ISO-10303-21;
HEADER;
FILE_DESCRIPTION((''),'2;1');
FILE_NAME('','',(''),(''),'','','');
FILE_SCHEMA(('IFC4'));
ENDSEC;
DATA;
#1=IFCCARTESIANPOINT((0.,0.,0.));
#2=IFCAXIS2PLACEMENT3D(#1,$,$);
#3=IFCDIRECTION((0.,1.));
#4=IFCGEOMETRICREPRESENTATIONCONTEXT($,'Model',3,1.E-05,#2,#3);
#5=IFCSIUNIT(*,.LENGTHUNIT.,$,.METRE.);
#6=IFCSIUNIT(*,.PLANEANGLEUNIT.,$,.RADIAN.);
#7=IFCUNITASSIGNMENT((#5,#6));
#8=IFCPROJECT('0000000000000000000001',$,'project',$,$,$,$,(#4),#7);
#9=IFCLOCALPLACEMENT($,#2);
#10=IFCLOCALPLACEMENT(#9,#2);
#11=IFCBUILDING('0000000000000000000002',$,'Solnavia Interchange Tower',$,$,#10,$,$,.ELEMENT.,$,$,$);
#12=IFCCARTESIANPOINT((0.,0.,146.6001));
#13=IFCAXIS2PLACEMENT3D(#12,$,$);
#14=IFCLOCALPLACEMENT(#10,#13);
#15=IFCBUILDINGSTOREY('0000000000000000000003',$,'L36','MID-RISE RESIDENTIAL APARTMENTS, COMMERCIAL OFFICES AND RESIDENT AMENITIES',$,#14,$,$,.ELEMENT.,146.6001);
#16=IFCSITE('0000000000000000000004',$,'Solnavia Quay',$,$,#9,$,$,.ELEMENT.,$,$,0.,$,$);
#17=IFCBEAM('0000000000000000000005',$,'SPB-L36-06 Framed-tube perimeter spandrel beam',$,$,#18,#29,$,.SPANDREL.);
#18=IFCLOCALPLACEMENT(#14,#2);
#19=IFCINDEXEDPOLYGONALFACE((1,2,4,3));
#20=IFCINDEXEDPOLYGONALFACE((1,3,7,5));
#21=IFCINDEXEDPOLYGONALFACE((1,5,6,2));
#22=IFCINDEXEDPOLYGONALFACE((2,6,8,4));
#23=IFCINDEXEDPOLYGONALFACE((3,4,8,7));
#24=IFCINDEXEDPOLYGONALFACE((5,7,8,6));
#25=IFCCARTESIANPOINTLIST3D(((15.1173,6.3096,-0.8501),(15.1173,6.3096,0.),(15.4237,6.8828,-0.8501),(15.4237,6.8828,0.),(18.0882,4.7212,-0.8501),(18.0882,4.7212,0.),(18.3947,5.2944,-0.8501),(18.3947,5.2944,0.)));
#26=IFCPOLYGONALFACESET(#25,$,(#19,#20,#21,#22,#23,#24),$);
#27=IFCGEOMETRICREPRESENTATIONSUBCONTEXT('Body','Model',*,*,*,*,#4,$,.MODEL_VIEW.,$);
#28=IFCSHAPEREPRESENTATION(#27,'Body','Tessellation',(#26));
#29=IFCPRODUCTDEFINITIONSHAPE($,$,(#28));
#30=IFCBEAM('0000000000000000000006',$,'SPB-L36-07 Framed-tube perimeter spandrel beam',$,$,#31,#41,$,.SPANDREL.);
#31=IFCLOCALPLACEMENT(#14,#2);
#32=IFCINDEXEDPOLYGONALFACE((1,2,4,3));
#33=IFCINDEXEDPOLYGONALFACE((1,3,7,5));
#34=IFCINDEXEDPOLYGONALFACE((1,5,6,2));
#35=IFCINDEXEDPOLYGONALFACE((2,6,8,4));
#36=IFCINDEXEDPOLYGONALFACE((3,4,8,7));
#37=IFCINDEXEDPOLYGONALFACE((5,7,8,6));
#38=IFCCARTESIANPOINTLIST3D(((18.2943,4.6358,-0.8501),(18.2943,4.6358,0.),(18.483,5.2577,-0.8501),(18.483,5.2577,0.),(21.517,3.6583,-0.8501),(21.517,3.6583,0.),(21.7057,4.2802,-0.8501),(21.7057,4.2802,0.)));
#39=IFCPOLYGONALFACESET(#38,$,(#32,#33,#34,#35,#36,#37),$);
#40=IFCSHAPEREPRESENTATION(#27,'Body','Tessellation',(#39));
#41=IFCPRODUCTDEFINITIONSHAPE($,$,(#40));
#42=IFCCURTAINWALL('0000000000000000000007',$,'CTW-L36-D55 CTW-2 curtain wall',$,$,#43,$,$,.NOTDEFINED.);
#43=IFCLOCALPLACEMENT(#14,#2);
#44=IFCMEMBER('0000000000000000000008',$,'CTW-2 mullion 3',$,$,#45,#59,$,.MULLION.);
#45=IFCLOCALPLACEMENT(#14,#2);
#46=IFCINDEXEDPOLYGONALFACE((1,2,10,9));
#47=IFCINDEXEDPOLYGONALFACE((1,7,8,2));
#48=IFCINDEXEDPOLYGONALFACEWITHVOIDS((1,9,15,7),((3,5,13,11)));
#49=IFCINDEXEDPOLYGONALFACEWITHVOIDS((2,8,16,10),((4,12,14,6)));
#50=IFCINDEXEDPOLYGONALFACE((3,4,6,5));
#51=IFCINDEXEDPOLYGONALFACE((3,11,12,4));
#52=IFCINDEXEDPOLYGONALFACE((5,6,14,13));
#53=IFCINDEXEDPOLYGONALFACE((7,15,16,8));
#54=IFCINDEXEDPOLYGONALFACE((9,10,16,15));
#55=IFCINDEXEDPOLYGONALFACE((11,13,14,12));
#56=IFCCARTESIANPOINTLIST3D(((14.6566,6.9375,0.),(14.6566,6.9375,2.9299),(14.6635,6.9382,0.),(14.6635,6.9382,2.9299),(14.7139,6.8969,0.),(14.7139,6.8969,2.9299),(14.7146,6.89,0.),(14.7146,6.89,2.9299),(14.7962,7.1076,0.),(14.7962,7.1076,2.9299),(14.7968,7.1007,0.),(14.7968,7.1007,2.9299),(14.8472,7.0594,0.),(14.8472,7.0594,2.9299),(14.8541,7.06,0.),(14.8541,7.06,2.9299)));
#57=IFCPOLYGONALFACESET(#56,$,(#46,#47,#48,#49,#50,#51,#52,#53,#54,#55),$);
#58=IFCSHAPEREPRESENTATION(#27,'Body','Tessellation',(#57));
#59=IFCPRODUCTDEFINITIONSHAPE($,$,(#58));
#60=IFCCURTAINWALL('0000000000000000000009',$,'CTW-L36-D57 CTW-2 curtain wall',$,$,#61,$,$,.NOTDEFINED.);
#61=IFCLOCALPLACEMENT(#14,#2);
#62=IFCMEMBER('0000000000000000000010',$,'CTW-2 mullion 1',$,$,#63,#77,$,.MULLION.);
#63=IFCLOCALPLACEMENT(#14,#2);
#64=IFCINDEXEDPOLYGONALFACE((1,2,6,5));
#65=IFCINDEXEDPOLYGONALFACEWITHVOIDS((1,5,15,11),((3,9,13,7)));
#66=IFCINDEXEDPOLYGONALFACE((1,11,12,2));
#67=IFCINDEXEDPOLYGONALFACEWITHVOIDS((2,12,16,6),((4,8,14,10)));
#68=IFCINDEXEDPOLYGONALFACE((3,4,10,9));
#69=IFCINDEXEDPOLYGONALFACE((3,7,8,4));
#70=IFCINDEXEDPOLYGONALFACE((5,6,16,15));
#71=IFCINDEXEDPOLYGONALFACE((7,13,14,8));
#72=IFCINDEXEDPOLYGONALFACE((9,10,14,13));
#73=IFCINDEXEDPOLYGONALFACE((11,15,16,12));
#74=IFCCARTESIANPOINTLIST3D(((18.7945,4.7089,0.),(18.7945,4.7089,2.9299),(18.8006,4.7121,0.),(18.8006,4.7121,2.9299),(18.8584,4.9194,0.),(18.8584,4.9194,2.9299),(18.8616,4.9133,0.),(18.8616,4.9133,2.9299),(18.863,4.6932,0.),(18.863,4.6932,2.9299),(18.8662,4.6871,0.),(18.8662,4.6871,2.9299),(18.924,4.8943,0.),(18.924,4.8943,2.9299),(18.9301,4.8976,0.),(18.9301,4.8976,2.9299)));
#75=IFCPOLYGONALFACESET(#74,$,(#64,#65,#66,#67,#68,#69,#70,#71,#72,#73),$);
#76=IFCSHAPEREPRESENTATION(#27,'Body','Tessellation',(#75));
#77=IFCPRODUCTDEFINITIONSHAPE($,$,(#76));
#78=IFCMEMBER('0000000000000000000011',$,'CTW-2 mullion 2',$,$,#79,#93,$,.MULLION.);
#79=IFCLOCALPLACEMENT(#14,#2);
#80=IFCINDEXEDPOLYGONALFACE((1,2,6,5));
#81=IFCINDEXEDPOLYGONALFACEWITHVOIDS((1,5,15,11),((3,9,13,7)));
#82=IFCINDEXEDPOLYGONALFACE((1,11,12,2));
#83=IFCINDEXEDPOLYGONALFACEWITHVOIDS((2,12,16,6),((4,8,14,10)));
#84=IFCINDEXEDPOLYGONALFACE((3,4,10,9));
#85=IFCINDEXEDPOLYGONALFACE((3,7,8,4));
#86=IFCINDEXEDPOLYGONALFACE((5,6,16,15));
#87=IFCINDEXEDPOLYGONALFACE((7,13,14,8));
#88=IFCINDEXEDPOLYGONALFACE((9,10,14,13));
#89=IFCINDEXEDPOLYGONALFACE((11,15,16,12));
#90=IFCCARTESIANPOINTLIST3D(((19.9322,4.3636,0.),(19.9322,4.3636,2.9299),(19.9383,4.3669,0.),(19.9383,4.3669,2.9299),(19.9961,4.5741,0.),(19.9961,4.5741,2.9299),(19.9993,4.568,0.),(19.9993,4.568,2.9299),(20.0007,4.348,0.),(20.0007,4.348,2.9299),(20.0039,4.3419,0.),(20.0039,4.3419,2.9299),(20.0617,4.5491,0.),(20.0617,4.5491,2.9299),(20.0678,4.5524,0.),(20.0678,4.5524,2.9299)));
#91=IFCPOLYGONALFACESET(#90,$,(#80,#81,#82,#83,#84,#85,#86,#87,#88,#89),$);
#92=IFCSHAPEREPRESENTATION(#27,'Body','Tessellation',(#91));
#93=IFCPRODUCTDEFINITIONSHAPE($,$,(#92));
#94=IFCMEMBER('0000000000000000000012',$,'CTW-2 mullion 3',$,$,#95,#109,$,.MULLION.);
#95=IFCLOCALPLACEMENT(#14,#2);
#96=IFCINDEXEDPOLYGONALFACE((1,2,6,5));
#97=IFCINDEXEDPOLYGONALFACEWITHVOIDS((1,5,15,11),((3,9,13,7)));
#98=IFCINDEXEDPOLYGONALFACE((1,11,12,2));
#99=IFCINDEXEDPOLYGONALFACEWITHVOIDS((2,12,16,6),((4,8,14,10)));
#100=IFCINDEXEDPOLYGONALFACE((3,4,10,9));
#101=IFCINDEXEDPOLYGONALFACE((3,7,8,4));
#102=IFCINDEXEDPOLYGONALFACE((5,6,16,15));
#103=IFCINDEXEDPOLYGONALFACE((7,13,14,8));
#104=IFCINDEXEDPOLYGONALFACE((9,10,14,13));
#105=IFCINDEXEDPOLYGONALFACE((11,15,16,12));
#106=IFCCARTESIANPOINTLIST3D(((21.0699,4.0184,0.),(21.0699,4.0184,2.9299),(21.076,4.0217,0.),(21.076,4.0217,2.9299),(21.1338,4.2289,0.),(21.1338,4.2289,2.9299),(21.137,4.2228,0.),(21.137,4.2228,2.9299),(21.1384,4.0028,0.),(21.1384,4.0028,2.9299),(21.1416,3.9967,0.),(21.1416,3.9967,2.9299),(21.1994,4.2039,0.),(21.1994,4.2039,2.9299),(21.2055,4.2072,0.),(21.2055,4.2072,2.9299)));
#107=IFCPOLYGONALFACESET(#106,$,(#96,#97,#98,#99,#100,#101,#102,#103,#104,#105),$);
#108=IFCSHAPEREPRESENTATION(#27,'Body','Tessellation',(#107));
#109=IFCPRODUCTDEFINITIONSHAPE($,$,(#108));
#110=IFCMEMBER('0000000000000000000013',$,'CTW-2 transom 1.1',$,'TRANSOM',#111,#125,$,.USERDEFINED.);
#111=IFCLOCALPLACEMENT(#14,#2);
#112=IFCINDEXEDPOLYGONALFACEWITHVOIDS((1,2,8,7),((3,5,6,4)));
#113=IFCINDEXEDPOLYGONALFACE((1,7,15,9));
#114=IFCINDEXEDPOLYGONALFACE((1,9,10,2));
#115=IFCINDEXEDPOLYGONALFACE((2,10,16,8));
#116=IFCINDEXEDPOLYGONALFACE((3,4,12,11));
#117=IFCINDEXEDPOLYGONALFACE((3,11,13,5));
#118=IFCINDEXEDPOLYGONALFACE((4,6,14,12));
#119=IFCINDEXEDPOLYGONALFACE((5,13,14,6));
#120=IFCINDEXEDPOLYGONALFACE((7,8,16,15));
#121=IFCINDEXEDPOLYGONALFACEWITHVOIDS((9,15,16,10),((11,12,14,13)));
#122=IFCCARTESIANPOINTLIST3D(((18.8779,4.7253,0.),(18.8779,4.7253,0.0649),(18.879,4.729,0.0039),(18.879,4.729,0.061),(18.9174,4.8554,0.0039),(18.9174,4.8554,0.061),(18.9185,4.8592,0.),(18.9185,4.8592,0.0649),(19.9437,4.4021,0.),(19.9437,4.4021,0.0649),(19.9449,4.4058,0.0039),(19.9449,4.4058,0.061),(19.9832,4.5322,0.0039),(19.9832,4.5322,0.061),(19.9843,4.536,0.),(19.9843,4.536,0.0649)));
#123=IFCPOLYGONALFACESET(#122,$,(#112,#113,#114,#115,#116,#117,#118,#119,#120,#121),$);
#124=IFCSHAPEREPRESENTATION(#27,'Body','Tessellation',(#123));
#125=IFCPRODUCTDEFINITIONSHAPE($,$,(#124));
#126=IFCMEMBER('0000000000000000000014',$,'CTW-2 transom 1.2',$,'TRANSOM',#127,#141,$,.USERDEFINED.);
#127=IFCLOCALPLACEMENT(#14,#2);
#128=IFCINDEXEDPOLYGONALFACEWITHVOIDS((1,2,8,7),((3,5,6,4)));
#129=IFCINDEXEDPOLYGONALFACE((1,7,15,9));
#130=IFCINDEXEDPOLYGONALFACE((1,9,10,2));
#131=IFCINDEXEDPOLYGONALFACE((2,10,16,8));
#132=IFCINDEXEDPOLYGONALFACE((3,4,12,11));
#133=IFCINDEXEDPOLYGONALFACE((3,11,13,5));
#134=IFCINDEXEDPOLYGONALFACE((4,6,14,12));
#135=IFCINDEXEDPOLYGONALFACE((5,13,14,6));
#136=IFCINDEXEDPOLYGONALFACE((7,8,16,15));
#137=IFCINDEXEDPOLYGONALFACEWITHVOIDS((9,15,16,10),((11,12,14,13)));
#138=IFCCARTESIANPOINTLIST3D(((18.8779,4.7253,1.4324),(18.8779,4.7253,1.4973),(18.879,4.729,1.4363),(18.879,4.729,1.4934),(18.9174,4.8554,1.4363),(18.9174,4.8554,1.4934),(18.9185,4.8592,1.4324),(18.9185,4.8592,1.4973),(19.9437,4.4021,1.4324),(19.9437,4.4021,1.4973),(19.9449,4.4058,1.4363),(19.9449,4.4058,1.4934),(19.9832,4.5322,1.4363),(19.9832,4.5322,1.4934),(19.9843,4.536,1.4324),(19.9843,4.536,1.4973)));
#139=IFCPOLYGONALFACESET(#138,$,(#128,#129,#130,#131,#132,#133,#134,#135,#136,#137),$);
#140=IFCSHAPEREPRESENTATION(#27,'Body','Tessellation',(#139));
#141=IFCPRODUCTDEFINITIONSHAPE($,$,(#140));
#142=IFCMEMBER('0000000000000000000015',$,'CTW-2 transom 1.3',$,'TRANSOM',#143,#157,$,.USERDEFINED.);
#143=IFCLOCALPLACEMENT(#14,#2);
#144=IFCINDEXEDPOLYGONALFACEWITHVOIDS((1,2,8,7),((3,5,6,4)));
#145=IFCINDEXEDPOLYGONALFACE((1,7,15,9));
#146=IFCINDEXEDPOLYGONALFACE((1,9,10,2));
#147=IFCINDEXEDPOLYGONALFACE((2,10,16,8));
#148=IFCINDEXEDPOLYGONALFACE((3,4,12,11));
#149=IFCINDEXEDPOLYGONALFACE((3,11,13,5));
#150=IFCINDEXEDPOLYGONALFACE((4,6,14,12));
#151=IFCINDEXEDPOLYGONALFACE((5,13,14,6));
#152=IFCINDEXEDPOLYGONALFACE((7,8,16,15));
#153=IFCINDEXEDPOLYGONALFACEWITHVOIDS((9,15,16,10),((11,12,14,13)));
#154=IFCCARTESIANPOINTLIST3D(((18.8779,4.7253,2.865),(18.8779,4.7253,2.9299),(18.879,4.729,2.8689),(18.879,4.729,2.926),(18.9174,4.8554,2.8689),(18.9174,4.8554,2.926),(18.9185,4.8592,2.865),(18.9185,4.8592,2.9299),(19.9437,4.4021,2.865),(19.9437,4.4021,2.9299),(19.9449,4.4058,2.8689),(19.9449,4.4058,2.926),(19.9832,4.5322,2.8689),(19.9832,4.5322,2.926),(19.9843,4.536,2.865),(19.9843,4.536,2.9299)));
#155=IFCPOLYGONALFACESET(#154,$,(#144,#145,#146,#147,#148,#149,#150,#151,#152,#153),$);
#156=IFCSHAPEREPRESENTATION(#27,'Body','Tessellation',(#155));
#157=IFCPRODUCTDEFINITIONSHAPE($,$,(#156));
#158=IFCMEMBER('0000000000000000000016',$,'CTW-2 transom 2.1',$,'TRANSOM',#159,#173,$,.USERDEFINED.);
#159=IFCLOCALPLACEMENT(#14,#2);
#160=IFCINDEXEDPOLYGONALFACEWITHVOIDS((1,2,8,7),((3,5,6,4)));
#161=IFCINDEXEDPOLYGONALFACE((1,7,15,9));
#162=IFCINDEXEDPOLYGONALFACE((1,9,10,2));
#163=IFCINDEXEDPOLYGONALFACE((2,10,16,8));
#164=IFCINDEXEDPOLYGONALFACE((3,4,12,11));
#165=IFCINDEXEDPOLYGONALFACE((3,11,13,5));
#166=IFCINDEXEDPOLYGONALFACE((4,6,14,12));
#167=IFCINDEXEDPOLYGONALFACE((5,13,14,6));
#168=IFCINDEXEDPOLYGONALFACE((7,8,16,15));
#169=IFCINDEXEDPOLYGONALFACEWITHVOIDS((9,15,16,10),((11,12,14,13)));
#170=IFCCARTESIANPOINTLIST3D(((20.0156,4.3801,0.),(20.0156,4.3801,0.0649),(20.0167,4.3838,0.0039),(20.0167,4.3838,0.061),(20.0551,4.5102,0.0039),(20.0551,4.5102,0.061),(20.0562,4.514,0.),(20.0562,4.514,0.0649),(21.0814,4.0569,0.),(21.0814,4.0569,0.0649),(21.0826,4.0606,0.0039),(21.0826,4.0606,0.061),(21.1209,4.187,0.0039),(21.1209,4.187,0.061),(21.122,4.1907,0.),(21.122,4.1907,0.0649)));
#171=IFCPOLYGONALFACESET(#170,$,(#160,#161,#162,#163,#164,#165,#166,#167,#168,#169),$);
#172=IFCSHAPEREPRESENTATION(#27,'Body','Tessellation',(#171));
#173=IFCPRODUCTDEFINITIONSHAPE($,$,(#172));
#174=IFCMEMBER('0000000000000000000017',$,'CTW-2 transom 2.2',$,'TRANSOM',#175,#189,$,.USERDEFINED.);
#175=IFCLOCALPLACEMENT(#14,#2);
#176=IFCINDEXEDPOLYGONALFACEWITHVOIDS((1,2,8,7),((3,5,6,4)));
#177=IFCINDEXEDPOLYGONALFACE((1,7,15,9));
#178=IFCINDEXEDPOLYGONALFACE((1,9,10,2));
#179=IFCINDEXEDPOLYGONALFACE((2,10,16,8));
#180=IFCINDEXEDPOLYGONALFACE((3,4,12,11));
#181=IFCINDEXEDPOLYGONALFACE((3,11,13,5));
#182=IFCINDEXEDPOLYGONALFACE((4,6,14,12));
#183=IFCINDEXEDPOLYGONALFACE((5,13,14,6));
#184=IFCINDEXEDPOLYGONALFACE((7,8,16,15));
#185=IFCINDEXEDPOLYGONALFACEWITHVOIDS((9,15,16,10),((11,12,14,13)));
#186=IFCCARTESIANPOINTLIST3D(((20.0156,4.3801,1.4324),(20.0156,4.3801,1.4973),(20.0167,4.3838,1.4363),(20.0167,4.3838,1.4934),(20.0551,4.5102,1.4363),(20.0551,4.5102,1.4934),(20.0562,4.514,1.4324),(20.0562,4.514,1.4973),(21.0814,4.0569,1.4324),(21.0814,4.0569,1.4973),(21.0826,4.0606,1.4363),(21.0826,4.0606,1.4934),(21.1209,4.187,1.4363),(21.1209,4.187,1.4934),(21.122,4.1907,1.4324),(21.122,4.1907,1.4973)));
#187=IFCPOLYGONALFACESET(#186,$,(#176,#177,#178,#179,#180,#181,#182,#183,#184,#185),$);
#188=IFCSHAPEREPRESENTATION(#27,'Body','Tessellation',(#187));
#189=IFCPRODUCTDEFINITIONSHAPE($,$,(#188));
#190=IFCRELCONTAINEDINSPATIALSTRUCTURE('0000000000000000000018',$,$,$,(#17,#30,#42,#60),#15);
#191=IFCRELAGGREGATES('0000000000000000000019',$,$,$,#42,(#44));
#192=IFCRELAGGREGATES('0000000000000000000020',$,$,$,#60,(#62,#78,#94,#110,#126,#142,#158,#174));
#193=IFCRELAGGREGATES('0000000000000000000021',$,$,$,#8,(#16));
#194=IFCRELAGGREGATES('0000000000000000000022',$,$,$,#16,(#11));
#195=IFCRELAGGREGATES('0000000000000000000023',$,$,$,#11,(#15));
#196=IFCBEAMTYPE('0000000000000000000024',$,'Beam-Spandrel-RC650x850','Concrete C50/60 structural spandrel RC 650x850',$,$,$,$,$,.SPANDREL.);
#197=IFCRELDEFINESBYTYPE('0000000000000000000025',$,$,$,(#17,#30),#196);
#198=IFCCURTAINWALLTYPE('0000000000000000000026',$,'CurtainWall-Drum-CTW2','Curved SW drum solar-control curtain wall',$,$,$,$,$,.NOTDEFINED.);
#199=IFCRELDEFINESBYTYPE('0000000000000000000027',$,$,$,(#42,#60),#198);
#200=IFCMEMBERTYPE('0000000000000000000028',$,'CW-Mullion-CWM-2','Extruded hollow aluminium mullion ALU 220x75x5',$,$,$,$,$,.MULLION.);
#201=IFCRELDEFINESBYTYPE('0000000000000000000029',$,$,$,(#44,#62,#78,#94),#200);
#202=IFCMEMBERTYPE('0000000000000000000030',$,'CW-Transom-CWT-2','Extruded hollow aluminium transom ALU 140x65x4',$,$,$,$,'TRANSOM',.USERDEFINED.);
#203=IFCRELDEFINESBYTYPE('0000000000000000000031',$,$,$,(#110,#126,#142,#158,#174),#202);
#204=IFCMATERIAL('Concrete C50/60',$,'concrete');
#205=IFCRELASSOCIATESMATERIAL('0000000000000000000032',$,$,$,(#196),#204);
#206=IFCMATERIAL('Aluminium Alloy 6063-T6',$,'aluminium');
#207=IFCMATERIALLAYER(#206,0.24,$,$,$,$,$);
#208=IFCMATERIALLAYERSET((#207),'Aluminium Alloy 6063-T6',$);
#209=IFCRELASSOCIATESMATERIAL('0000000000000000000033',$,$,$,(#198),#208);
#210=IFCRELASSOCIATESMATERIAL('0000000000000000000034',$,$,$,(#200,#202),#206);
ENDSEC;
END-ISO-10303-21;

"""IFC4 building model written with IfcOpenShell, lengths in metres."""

from ifc_helpers import new_model, si_unit, direction, frame, origin, origin_2d, place, context, subcontext, project, spatial, rectangle, hollow_rectangle, extrude, material, layer, layer_set, material_profile, profile_set, type_object, element, aggregate, save


model = new_model("IFC4")

# Units and contexts
model_context = context("Model", 3, precision=1e-05, world=origin(), true_north=direction((0.0, 1.0)))
body_context = subcontext(model_context, "Body", "Model", "MODEL_VIEW")
ifc_project = project(units=[si_unit("LENGTHUNIT", "METRE"), si_unit("PLANEANGLEUNIT", "RADIAN")], contexts=[model_context])

# Site, building, storey
site_placement = place(None, origin())
site = spatial("IfcSite", under=ifc_project, at=site_placement, Name="Solnavia Quay", CompositionType="ELEMENT", RefElevation=0.0)
building_placement = place(site_placement, origin())
building = spatial("IfcBuilding", under=site, at=building_placement, Name="Solnavia Interchange Tower", CompositionType="ELEMENT")
storey_placement = place(building_placement, frame((0.0, 0.0, 146.6001)))
storey = spatial("IfcBuildingStorey", under=building, at=storey_placement, Name="L36", Description="MID-RISE RESIDENTIAL APARTMENTS, COMMERCIAL OFFICES AND RESIDENT AMENITIES", CompositionType="ELEMENT", Elevation=146.6001)

# Shared definitions
ifc_material_1 = material(Name="Concrete C50/60", Category="concrete")

# Beams
ifc_material_profile_1 = material_profile(ifc_material_1, rectangle(XDim=0.6499, YDim=0.8501, at=origin_2d()), Name="RC 650x850")
ifc_profile_set_1 = profile_set([ifc_material_profile_1], Name="Concrete C50/60")
beam_type_1 = type_object("IfcBeamType", Name="Beam-Spandrel-RC650x850", Description="Concrete C50/60 structural spandrel RC 650x850", PredefinedType="SPANDREL", material=ifc_profile_set_1)
beam_1_placement = place(storey_placement, frame((15.2705, 6.5962, -0.425), z_axis=(0.881875, -0.471483, 0.0), x_axis=(0.471483, 0.881875, 0.0)))
element("IfcBeam", 1, at=beam_1_placement, inside=storey, type_object=beam_type_1, Name="SPB-L36-06 Framed-tube perimeter spandrel beam", PredefinedType="SPANDREL", context=body_context, shape_type="SweptSolid", body=[
    extrude(rectangle(XDim=0.6499, YDim=0.8501, at=origin_2d()), origin(), (0.0, 0.0, 1.0), 3.3689),
])
beam_2_placement = place(storey_placement, frame((18.3887, 4.9468, -0.425), z_axis=(0.956944, -0.290273, 0.0), x_axis=(0.290273, 0.956944, 0.0)))
element("IfcBeam", 2, at=beam_2_placement, inside=storey, type_object=beam_type_1, Name="SPB-L36-07 Framed-tube perimeter spandrel beam", PredefinedType="SPANDREL", context=body_context, shape_type="SweptSolid", body=[
    extrude(rectangle(XDim=0.6499, YDim=0.8501, at=origin_2d()), origin(), (0.0, 0.0, 1.0), 3.3677),
])

# Curtain wall, member
ifc_material_2 = material(Name="Aluminium Alloy 6063-T6", Category="aluminium")
ifc_layer_1 = layer(ifc_material_2, 0.24)
ifc_layer_set_1 = layer_set([ifc_layer_1], Name="Aluminium Alloy 6063-T6")
curtain_wall_type = type_object("IfcCurtainWallType", Name="CurtainWall-Drum-CTW2", Description="Curved SW drum solar-control curtain wall", PredefinedType="NOTDEFINED", material=ifc_layer_set_1)
curtain_wall_1_placement = place(storey_placement, origin())
curtain_wall_1 = element("IfcCurtainWall", 3, at=curtain_wall_1_placement, inside=storey, type_object=curtain_wall_type, Name="CTW-L36-D55 CTW-2 curtain wall", PredefinedType="NOTDEFINED")
ifc_material_profile_2 = material_profile(ifc_material_2, hollow_rectangle(XDim=0.075, YDim=0.22, WallThickness=0.0049, at=origin_2d()), Name="ALU 220x75x5")
ifc_profile_set_2 = profile_set([ifc_material_profile_2], Name="Aluminium Alloy 6063-T6")
member_type_1 = type_object("IfcMemberType", Name="CW-Mullion-CWM-2", Description="Extruded hollow aluminium mullion ALU 220x75x5", PredefinedType="MULLION", material=ifc_profile_set_2)
member_1_placement = place(storey_placement, frame((14.7554, 6.9988, 0.0), z_axis=(0.0, 0.0, 1.0), x_axis=(0.773103, -0.63428, 0.0)))
member_1 = element("IfcMember", 4, at=member_1_placement, type_object=member_type_1, Name="CTW-2 mullion 3", PredefinedType="MULLION", context=body_context, shape_type="SweptSolid", body=[
    extrude(hollow_rectangle(XDim=0.075, YDim=0.22, WallThickness=0.0049, at=origin_2d()), origin(), (0.0, 0.0, 1.0), 2.9299),
])

# Curtain wall, members
curtain_wall_2_placement = place(storey_placement, origin())
curtain_wall_2 = element("IfcCurtainWall", 5, at=curtain_wall_2_placement, inside=storey, type_object=curtain_wall_type, Name="CTW-L36-D57 CTW-2 curtain wall", PredefinedType="NOTDEFINED")
member_2_placement = place(storey_placement, frame((18.8623, 4.8032, 0.0), z_axis=(0.0, 0.0, 1.0), x_axis=(0.956942, -0.290279, 0.0)))
member_2 = element("IfcMember", 6, at=member_2_placement, type_object=member_type_1, Name="CTW-2 mullion 1", PredefinedType="MULLION", context=body_context, shape_type="SweptSolid", body=[
    extrude(hollow_rectangle(XDim=0.075, YDim=0.22, WallThickness=0.0049, at=origin_2d()), origin(), (0.0, 0.0, 1.0), 2.9299),
])
member_3_placement = place(storey_placement, frame((20.0, 4.458, 0.0), z_axis=(0.0, 0.0, 1.0), x_axis=(0.956942, -0.290279, 0.0)))
member_3 = element("IfcMember", 7, at=member_3_placement, type_object=member_type_1, Name="CTW-2 mullion 2", PredefinedType="MULLION", context=body_context, shape_type="SweptSolid", body=[
    extrude(hollow_rectangle(XDim=0.075, YDim=0.22, WallThickness=0.0049, at=origin_2d()), origin(), (0.0, 0.0, 1.0), 2.9299),
])
member_4_placement = place(storey_placement, frame((21.1377, 4.1128, 0.0), z_axis=(0.0, 0.0, 1.0), x_axis=(0.956942, -0.290279, 0.0)))
member_4 = element("IfcMember", 8, at=member_4_placement, type_object=member_type_1, Name="CTW-2 mullion 3", PredefinedType="MULLION", context=body_context, shape_type="SweptSolid", body=[
    extrude(hollow_rectangle(XDim=0.075, YDim=0.22, WallThickness=0.0049, at=origin_2d()), origin(), (0.0, 0.0, 1.0), 2.9299),
])
ifc_material_profile_3 = material_profile(ifc_material_2, hollow_rectangle(XDim=0.0649, YDim=0.1399, WallThickness=0.0039, at=origin_2d()), Name="ALU 140x65x4")
ifc_profile_set_3 = profile_set([ifc_material_profile_3], Name="Aluminium Alloy 6063-T6")
member_type_2 = type_object("IfcMemberType", Name="CW-Transom-CWT-2", Description="Extruded hollow aluminium transom ALU 140x65x4", ElementType="TRANSOM", PredefinedType="USERDEFINED", material=ifc_profile_set_3)
member_5_placement = place(storey_placement, frame((18.8982, 4.7922, 0.0325), z_axis=(0.956965, -0.290202, 0.0), x_axis=(0.0, 0.0, 1.0)))
member_5 = element("IfcMember", 9, at=member_5_placement, type_object=member_type_2, Name="CTW-2 transom 1.1", ObjectType="TRANSOM", PredefinedType="USERDEFINED", context=body_context, shape_type="SweptSolid", body=[
    extrude(hollow_rectangle(XDim=0.0649, YDim=0.1399, WallThickness=0.0039, at=origin_2d()), origin(), (0.0, 0.0, 1.0), 1.1138),
])
member_6_placement = place(storey_placement, frame((18.8982, 4.7922, 1.4648), z_axis=(0.956965, -0.290202, 0.0), x_axis=(0.0, 0.0, 1.0)))
member_6 = element("IfcMember", 10, at=member_6_placement, type_object=member_type_2, Name="CTW-2 transom 1.2", ObjectType="TRANSOM", PredefinedType="USERDEFINED", context=body_context, shape_type="SweptSolid", body=[
    extrude(hollow_rectangle(XDim=0.0649, YDim=0.1399, WallThickness=0.0039, at=origin_2d()), origin(), (0.0, 0.0, 1.0), 1.1138),
])
member_7_placement = place(storey_placement, frame((18.8982, 4.7922, 2.8975), z_axis=(0.956965, -0.290202, 0.0), x_axis=(0.0, 0.0, 1.0)))
member_7 = element("IfcMember", 11, at=member_7_placement, type_object=member_type_2, Name="CTW-2 transom 1.3", ObjectType="TRANSOM", PredefinedType="USERDEFINED", context=body_context, shape_type="SweptSolid", body=[
    extrude(hollow_rectangle(XDim=0.0649, YDim=0.1399, WallThickness=0.0039, at=origin_2d()), origin(), (0.0, 0.0, 1.0), 1.1138),
])
member_8_placement = place(storey_placement, frame((20.0359, 4.447, 0.0325), z_axis=(0.956965, -0.290202, 0.0), x_axis=(0.0, 0.0, 1.0)))
member_8 = element("IfcMember", 12, at=member_8_placement, type_object=member_type_2, Name="CTW-2 transom 2.1", ObjectType="TRANSOM", PredefinedType="USERDEFINED", context=body_context, shape_type="SweptSolid", body=[
    extrude(hollow_rectangle(XDim=0.0649, YDim=0.1399, WallThickness=0.0039, at=origin_2d()), origin(), (0.0, 0.0, 1.0), 1.1138),
])
member_9_placement = place(storey_placement, frame((20.0359, 4.447, 1.4648), z_axis=(0.956965, -0.290202, 0.0), x_axis=(0.0, 0.0, 1.0)))
member_9 = element("IfcMember", 13, at=member_9_placement, type_object=member_type_2, Name="CTW-2 transom 2.2", ObjectType="TRANSOM", PredefinedType="USERDEFINED", context=body_context, shape_type="SweptSolid", body=[
    extrude(hollow_rectangle(XDim=0.0649, YDim=0.1399, WallThickness=0.0039, at=origin_2d()), origin(), (0.0, 0.0, 1.0), 1.1138),
])

aggregate(curtain_wall_1, [member_1])
aggregate(curtain_wall_2, [member_2, member_3, member_4, member_5, member_6, member_7, member_8, member_9])

save(model, "model.ifc")
